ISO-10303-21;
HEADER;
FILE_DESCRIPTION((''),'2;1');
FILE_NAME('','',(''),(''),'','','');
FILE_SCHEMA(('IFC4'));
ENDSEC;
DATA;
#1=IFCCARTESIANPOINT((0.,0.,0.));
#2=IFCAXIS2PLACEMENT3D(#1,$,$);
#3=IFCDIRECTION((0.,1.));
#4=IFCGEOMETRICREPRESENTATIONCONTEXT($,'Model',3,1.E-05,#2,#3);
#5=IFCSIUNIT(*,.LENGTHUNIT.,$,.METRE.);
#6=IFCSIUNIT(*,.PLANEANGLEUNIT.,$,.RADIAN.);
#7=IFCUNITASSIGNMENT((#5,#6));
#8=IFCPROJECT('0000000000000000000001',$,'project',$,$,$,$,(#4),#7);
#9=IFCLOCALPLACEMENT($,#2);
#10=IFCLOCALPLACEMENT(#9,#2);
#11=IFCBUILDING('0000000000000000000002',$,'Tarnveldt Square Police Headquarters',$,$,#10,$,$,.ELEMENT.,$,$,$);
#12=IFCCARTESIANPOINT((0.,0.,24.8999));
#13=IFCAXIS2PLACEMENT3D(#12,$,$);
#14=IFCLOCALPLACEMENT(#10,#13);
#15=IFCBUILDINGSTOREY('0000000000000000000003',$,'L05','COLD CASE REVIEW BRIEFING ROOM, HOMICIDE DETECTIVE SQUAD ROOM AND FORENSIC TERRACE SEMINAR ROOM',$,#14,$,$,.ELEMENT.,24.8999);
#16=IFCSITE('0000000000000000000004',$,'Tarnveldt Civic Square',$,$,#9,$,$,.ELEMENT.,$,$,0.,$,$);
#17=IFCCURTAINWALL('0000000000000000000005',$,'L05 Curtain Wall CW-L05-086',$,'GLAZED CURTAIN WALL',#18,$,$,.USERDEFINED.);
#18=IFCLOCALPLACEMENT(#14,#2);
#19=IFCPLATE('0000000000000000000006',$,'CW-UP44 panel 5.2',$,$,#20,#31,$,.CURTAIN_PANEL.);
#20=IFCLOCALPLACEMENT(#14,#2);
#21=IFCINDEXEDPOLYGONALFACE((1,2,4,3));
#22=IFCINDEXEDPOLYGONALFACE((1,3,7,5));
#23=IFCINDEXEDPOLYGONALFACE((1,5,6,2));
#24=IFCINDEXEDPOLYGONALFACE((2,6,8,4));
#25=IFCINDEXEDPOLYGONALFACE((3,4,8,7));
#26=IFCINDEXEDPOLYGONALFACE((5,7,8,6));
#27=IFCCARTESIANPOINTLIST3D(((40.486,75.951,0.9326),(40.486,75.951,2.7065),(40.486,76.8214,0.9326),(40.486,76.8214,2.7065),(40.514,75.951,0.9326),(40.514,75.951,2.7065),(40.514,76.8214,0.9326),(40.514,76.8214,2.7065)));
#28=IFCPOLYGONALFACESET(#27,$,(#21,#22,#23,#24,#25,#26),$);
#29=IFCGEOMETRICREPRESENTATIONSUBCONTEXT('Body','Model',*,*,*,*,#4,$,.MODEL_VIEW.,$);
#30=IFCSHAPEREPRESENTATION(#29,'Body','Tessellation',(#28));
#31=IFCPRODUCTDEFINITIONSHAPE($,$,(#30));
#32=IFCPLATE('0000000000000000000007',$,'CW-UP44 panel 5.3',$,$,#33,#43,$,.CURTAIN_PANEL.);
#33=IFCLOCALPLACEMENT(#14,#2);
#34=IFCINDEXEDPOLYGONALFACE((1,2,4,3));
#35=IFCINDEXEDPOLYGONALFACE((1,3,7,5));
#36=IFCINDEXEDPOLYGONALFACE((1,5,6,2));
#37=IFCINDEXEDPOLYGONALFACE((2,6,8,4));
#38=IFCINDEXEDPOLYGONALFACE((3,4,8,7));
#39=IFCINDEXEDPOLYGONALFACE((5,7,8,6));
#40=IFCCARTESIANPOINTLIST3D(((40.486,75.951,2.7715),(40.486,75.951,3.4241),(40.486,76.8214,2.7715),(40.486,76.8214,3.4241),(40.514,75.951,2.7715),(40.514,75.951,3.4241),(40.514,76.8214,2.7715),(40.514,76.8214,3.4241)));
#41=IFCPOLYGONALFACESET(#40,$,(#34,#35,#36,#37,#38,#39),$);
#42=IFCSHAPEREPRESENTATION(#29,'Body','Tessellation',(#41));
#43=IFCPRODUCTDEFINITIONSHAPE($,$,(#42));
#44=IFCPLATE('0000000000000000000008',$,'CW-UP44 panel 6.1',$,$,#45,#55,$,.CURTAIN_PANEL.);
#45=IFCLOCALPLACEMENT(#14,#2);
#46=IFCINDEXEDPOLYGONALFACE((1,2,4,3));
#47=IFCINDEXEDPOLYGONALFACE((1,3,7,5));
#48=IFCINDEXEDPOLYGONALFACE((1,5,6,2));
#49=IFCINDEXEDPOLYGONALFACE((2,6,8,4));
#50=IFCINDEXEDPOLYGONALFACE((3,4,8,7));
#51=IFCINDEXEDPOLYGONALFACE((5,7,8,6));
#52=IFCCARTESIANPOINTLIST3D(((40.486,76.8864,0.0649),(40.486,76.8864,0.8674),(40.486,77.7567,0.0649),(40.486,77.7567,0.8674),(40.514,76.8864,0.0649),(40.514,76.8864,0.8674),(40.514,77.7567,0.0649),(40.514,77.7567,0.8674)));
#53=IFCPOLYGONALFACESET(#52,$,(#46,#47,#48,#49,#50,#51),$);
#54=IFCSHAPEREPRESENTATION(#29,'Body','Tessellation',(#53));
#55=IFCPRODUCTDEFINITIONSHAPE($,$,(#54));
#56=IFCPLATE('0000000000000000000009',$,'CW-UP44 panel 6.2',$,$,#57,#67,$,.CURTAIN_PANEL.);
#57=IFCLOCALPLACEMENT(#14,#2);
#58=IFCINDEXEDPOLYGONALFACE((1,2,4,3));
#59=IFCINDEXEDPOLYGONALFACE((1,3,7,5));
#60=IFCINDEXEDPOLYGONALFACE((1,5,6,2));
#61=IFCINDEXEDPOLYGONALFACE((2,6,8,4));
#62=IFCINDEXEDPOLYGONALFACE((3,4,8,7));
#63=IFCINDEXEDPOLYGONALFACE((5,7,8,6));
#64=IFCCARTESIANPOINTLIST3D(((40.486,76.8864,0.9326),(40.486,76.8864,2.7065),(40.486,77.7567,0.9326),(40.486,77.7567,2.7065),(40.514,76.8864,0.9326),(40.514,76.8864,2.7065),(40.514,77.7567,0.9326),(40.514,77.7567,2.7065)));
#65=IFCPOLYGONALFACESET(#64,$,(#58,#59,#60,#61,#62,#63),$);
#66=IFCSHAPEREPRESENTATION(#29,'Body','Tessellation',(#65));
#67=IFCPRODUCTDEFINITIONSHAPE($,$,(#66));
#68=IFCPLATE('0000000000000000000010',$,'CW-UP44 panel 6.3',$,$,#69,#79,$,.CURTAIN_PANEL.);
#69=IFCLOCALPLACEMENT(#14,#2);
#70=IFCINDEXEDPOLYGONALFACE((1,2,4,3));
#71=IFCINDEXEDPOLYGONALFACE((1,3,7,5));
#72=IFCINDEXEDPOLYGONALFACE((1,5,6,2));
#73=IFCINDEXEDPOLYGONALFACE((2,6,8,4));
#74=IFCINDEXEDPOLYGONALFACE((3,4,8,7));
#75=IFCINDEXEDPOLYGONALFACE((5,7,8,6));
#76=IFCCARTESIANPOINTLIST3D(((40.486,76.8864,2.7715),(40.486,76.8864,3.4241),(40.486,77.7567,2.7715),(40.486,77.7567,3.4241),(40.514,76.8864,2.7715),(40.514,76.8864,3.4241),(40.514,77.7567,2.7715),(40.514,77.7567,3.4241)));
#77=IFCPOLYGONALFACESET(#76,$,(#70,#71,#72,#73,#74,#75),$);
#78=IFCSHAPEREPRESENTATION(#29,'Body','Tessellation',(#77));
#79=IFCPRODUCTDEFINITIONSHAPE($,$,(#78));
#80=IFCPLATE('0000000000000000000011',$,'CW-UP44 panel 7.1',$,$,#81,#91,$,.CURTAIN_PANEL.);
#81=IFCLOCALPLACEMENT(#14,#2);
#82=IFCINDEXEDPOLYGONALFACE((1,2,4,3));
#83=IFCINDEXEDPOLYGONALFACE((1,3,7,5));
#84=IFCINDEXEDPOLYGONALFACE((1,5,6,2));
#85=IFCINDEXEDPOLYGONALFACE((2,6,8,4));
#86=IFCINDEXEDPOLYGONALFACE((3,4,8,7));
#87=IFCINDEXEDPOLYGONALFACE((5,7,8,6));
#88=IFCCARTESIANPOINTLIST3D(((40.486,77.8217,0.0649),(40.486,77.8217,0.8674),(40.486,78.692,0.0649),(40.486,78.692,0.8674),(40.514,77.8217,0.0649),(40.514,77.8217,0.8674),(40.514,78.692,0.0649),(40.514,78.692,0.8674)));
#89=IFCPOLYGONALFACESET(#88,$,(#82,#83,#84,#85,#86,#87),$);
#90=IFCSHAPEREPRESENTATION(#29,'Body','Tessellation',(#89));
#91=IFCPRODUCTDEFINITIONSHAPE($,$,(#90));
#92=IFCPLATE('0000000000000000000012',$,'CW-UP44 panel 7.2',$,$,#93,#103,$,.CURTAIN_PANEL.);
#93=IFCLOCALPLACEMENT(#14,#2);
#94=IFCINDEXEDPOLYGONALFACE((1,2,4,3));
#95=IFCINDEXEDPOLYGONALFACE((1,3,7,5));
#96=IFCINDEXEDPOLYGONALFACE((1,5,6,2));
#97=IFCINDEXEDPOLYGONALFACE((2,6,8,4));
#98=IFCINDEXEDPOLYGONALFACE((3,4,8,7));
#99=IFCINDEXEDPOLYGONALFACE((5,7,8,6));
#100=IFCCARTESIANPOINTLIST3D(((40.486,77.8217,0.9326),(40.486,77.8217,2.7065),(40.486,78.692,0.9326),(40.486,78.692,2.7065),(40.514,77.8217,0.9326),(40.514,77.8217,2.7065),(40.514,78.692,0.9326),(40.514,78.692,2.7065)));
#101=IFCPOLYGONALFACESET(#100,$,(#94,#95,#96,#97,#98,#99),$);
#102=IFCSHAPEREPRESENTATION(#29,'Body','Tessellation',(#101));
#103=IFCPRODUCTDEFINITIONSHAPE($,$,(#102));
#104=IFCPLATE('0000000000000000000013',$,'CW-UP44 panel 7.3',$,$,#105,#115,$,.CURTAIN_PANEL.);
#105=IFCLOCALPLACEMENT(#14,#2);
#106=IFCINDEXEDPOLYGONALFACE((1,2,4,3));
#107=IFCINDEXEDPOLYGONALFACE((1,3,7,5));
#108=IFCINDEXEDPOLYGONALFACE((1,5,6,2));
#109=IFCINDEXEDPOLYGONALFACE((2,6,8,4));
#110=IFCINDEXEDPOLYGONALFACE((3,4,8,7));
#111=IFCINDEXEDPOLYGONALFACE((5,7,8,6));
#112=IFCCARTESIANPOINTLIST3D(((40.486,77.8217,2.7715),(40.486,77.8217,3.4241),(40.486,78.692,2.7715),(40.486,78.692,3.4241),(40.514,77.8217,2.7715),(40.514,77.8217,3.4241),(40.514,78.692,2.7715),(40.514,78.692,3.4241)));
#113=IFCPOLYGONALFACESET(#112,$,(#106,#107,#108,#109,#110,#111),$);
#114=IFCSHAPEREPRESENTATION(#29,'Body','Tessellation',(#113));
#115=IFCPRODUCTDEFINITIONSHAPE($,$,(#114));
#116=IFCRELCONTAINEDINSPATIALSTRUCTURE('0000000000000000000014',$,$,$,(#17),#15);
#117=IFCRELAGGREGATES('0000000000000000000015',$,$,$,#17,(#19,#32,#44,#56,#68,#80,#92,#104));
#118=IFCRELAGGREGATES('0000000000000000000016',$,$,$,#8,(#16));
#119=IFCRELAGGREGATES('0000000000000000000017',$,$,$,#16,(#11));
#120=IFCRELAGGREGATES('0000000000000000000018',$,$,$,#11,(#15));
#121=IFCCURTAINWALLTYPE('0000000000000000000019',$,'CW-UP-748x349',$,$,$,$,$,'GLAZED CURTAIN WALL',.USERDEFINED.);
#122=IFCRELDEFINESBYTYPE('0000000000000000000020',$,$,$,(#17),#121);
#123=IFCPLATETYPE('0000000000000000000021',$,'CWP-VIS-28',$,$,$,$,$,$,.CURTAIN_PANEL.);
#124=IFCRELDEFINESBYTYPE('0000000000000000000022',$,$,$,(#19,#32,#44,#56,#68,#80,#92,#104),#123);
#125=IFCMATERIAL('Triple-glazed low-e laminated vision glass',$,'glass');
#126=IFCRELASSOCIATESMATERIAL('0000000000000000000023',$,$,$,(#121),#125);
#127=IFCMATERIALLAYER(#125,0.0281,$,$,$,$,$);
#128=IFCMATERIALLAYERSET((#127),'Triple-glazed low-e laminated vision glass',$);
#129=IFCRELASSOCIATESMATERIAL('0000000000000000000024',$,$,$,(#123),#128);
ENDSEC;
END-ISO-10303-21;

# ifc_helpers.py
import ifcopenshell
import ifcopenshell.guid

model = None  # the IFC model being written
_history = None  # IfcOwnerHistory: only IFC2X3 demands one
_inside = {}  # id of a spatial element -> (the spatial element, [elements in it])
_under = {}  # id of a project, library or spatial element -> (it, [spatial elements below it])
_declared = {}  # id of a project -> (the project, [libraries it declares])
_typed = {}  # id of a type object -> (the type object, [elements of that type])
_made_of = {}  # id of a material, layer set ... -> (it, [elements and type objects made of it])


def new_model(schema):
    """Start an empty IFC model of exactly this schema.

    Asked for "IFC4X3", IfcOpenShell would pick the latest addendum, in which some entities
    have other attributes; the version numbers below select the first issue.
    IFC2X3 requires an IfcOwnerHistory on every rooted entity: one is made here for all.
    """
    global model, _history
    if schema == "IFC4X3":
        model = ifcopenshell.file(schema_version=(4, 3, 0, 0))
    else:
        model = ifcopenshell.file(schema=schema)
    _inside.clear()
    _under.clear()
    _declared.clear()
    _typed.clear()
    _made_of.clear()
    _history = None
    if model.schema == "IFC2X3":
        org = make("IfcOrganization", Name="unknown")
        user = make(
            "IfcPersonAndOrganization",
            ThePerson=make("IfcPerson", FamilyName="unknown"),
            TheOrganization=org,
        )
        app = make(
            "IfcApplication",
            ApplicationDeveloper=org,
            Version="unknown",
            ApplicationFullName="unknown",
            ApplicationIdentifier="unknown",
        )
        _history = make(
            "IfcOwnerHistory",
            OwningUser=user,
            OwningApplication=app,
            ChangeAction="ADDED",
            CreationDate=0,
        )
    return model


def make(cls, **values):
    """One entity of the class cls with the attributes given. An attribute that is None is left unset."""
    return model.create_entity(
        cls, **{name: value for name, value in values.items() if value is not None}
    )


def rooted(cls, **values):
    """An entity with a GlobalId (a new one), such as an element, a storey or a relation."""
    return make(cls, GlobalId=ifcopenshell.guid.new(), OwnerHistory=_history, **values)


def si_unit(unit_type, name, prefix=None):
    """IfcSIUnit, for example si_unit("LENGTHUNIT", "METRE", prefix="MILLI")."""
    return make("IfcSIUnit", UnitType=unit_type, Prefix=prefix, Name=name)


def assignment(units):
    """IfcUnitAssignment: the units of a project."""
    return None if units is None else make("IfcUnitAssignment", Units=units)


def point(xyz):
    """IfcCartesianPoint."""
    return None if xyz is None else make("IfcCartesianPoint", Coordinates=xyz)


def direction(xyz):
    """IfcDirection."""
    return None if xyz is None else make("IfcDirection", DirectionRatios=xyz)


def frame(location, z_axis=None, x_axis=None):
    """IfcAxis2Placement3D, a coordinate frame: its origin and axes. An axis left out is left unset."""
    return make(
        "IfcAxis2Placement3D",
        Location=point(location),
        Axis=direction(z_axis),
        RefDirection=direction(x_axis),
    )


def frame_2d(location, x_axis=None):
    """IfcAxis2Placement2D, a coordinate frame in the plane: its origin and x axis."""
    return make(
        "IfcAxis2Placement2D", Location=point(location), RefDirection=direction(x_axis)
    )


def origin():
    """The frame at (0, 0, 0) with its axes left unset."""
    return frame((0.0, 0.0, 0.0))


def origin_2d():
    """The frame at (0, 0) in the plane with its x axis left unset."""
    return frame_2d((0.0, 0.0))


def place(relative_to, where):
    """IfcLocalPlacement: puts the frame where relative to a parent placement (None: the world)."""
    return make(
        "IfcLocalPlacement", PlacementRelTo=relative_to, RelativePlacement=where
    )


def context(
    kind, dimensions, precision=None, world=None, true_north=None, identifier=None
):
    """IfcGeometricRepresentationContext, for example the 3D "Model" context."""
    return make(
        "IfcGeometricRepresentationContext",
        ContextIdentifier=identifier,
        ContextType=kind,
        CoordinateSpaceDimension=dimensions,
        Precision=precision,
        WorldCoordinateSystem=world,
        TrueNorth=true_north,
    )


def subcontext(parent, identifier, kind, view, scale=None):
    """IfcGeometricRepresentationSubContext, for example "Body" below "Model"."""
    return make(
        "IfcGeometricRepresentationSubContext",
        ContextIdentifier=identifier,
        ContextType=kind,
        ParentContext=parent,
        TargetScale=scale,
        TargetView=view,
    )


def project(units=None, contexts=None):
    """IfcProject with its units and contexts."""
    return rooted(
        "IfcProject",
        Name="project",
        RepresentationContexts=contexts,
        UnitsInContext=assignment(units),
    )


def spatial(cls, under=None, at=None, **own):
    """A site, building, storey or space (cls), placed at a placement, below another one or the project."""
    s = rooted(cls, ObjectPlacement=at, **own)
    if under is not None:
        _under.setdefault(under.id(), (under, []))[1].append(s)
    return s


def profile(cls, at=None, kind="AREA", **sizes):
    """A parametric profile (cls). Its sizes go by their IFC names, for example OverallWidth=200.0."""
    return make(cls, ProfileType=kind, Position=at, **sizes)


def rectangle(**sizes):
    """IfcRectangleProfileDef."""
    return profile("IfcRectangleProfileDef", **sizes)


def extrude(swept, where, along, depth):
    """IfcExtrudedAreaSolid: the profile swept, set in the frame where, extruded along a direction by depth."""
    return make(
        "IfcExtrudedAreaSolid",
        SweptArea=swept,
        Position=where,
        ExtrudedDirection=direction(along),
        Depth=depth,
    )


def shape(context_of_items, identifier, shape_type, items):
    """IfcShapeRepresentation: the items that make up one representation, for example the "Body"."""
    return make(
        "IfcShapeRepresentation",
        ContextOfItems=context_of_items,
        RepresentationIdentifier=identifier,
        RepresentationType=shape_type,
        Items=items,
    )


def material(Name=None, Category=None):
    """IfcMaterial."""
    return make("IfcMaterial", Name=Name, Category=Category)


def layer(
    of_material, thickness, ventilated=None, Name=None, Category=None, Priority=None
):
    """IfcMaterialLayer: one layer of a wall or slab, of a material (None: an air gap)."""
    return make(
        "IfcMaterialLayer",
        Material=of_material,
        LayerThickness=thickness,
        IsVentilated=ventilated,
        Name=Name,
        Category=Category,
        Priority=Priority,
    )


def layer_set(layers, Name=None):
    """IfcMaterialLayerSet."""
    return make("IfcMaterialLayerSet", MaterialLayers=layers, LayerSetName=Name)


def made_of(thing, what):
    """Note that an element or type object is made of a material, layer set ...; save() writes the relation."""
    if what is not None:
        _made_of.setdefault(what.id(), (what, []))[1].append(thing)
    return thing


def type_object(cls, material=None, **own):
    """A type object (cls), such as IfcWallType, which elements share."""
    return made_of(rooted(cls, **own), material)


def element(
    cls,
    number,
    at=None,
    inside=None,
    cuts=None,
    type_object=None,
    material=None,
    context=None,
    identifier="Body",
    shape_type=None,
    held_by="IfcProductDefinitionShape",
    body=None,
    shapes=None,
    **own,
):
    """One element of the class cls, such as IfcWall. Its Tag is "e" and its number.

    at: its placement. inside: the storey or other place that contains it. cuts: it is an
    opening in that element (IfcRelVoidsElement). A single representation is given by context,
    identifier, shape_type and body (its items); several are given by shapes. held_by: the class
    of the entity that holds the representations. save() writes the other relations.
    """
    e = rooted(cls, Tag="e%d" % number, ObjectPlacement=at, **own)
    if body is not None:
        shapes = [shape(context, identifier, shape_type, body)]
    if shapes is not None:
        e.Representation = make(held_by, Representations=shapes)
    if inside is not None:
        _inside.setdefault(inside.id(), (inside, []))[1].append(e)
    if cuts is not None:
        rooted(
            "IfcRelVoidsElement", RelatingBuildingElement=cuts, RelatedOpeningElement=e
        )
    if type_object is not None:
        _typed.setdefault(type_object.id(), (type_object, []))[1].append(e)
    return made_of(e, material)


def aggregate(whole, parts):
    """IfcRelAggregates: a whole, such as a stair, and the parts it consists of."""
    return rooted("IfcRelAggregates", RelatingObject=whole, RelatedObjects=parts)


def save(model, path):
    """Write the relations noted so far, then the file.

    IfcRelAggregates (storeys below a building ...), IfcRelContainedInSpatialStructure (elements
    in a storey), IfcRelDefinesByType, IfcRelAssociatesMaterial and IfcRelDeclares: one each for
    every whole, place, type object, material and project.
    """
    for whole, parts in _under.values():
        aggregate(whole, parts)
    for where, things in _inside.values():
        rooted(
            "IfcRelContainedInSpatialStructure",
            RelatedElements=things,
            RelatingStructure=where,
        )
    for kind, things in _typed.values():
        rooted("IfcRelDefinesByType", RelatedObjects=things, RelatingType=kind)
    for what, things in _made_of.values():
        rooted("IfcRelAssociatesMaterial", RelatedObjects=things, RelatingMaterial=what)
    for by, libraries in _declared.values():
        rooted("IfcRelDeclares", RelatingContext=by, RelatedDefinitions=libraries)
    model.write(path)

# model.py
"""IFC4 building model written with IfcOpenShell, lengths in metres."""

from ifc_helpers import new_model, si_unit, direction, frame, origin, origin_2d, place, context, subcontext, project, spatial, rectangle, extrude, material, layer, layer_set, type_object, element, aggregate, save


model = new_model("IFC4")

# Units and contexts
model_context = context("Model", 3, precision=1e-05, world=origin(), true_north=direction((0.0, 1.0)))
body_context = subcontext(model_context, "Body", "Model", "MODEL_VIEW")
ifc_project = project(units=[si_unit("LENGTHUNIT", "METRE"), si_unit("PLANEANGLEUNIT", "RADIAN")], contexts=[model_context])

# Site, building, storey
site_placement = place(None, origin())
site = spatial("IfcSite", under=ifc_project, at=site_placement, Name="Tarnveldt Civic Square", CompositionType="ELEMENT", RefElevation=0.0)
building_placement = place(site_placement, origin())
building = spatial("IfcBuilding", under=site, at=building_placement, Name="Tarnveldt Square Police Headquarters", CompositionType="ELEMENT")
storey_placement = place(building_placement, frame((0.0, 0.0, 24.8999)))
storey = spatial("IfcBuildingStorey", under=building, at=storey_placement, Name="L05", Description="COLD CASE REVIEW BRIEFING ROOM, HOMICIDE DETECTIVE SQUAD ROOM AND FORENSIC TERRACE SEMINAR ROOM", CompositionType="ELEMENT", Elevation=24.8999)

# Curtain wall, plates
ifc_material_1 = material(Name="Triple-glazed low-e laminated vision glass", Category="glass")
curtain_wall_type = type_object("IfcCurtainWallType", Name="CW-UP-748x349", ElementType="GLAZED CURTAIN WALL", PredefinedType="USERDEFINED", material=ifc_material_1)
curtain_wall_placement = place(storey_placement, origin())
curtain_wall = element("IfcCurtainWall", 1, at=curtain_wall_placement, inside=storey, type_object=curtain_wall_type, Name="L05 Curtain Wall CW-L05-086", ObjectType="GLAZED CURTAIN WALL", PredefinedType="USERDEFINED")
ifc_layer = layer(ifc_material_1, 0.0281)
ifc_layer_set = layer_set([ifc_layer], Name="Triple-glazed low-e laminated vision glass")
plate_type = type_object("IfcPlateType", Name="CWP-VIS-28", PredefinedType="CURTAIN_PANEL", material=ifc_layer_set)
plate_1_placement = place(storey_placement, frame((40.5, 76.3862, 0.9326), z_axis=(0.0, 0.0, 1.0), x_axis=(0.0, 1.0, 0.0)))
plate_1 = element("IfcPlate", 2, at=plate_1_placement, type_object=plate_type, Name="CW-UP44 panel 5.2", PredefinedType="CURTAIN_PANEL", context=body_context, shape_type="SweptSolid", body=[
    extrude(rectangle(XDim=0.8704, YDim=0.0281, at=origin_2d()), origin(), (0.0, 0.0, 1.0), 1.7739),
])
plate_2_placement = place(storey_placement, frame((40.5, 76.3862, 2.7715), z_axis=(0.0, 0.0, 1.0), x_axis=(0.0, 1.0, 0.0)))
plate_2 = element("IfcPlate", 3, at=plate_2_placement, type_object=plate_type, Name="CW-UP44 panel 5.3", PredefinedType="CURTAIN_PANEL", context=body_context, shape_type="SweptSolid", body=[
    extrude(rectangle(XDim=0.8704, YDim=0.0281, at=origin_2d()), origin(), (0.0, 0.0, 1.0), 0.6526),
])
plate_3_placement = place(storey_placement, frame((40.5, 77.3215, 0.0649), z_axis=(0.0, 0.0, 1.0), x_axis=(0.0, 1.0, 0.0)))
plate_3 = element("IfcPlate", 4, at=plate_3_placement, type_object=plate_type, Name="CW-UP44 panel 6.1", PredefinedType="CURTAIN_PANEL", context=body_context, shape_type="SweptSolid", body=[
    extrude(rectangle(XDim=0.8704, YDim=0.0281, at=origin_2d()), origin(), (0.0, 0.0, 1.0), 0.8025),
])
plate_4_placement = place(storey_placement, frame((40.5, 77.3215, 0.9326), z_axis=(0.0, 0.0, 1.0), x_axis=(0.0, 1.0, 0.0)))
plate_4 = element("IfcPlate", 5, at=plate_4_placement, type_object=plate_type, Name="CW-UP44 panel 6.2", PredefinedType="CURTAIN_PANEL", context=body_context, shape_type="SweptSolid", body=[
    extrude(rectangle(XDim=0.8704, YDim=0.0281, at=origin_2d()), origin(), (0.0, 0.0, 1.0), 1.7739),
])
plate_5_placement = place(storey_placement, frame((40.5, 77.3215, 2.7715), z_axis=(0.0, 0.0, 1.0), x_axis=(0.0, 1.0, 0.0)))
plate_5 = element("IfcPlate", 6, at=plate_5_placement, type_object=plate_type, Name="CW-UP44 panel 6.3", PredefinedType="CURTAIN_PANEL", context=body_context, shape_type="SweptSolid", body=[
    extrude(rectangle(XDim=0.8704, YDim=0.0281, at=origin_2d()), origin(), (0.0, 0.0, 1.0), 0.6526),
])
plate_6_placement = place(storey_placement, frame((40.5, 78.2568, 0.0649), z_axis=(0.0, 0.0, 1.0), x_axis=(0.0, 1.0, 0.0)))
plate_6 = element("IfcPlate", 7, at=plate_6_placement, type_object=plate_type, Name="CW-UP44 panel 7.1", PredefinedType="CURTAIN_PANEL", context=body_context, shape_type="SweptSolid", body=[
    extrude(rectangle(XDim=0.8704, YDim=0.0281, at=origin_2d()), origin(), (0.0, 0.0, 1.0), 0.8025),
])
plate_7_placement = place(storey_placement, frame((40.5, 78.2568, 0.9326), z_axis=(0.0, 0.0, 1.0), x_axis=(0.0, 1.0, 0.0)))
plate_7 = element("IfcPlate", 8, at=plate_7_placement, type_object=plate_type, Name="CW-UP44 panel 7.2", PredefinedType="CURTAIN_PANEL", context=body_context, shape_type="SweptSolid", body=[
    extrude(rectangle(XDim=0.8704, YDim=0.0281, at=origin_2d()), origin(), (0.0, 0.0, 1.0), 1.7739),
])
plate_8_placement = place(storey_placement, frame((40.5, 78.2568, 2.7715), z_axis=(0.0, 0.0, 1.0), x_axis=(0.0, 1.0, 0.0)))
plate_8 = element("IfcPlate", 9, at=plate_8_placement, type_object=plate_type, Name="CW-UP44 panel 7.3", PredefinedType="CURTAIN_PANEL", context=body_context, shape_type="SweptSolid", body=[
    extrude(rectangle(XDim=0.8704, YDim=0.0281, at=origin_2d()), origin(), (0.0, 0.0, 1.0), 0.6526),
])
aggregate(curtain_wall, [plate_1, plate_2, plate_3, plate_4, plate_5, plate_6, plate_7, plate_8])

save(model, "model.ifc")
